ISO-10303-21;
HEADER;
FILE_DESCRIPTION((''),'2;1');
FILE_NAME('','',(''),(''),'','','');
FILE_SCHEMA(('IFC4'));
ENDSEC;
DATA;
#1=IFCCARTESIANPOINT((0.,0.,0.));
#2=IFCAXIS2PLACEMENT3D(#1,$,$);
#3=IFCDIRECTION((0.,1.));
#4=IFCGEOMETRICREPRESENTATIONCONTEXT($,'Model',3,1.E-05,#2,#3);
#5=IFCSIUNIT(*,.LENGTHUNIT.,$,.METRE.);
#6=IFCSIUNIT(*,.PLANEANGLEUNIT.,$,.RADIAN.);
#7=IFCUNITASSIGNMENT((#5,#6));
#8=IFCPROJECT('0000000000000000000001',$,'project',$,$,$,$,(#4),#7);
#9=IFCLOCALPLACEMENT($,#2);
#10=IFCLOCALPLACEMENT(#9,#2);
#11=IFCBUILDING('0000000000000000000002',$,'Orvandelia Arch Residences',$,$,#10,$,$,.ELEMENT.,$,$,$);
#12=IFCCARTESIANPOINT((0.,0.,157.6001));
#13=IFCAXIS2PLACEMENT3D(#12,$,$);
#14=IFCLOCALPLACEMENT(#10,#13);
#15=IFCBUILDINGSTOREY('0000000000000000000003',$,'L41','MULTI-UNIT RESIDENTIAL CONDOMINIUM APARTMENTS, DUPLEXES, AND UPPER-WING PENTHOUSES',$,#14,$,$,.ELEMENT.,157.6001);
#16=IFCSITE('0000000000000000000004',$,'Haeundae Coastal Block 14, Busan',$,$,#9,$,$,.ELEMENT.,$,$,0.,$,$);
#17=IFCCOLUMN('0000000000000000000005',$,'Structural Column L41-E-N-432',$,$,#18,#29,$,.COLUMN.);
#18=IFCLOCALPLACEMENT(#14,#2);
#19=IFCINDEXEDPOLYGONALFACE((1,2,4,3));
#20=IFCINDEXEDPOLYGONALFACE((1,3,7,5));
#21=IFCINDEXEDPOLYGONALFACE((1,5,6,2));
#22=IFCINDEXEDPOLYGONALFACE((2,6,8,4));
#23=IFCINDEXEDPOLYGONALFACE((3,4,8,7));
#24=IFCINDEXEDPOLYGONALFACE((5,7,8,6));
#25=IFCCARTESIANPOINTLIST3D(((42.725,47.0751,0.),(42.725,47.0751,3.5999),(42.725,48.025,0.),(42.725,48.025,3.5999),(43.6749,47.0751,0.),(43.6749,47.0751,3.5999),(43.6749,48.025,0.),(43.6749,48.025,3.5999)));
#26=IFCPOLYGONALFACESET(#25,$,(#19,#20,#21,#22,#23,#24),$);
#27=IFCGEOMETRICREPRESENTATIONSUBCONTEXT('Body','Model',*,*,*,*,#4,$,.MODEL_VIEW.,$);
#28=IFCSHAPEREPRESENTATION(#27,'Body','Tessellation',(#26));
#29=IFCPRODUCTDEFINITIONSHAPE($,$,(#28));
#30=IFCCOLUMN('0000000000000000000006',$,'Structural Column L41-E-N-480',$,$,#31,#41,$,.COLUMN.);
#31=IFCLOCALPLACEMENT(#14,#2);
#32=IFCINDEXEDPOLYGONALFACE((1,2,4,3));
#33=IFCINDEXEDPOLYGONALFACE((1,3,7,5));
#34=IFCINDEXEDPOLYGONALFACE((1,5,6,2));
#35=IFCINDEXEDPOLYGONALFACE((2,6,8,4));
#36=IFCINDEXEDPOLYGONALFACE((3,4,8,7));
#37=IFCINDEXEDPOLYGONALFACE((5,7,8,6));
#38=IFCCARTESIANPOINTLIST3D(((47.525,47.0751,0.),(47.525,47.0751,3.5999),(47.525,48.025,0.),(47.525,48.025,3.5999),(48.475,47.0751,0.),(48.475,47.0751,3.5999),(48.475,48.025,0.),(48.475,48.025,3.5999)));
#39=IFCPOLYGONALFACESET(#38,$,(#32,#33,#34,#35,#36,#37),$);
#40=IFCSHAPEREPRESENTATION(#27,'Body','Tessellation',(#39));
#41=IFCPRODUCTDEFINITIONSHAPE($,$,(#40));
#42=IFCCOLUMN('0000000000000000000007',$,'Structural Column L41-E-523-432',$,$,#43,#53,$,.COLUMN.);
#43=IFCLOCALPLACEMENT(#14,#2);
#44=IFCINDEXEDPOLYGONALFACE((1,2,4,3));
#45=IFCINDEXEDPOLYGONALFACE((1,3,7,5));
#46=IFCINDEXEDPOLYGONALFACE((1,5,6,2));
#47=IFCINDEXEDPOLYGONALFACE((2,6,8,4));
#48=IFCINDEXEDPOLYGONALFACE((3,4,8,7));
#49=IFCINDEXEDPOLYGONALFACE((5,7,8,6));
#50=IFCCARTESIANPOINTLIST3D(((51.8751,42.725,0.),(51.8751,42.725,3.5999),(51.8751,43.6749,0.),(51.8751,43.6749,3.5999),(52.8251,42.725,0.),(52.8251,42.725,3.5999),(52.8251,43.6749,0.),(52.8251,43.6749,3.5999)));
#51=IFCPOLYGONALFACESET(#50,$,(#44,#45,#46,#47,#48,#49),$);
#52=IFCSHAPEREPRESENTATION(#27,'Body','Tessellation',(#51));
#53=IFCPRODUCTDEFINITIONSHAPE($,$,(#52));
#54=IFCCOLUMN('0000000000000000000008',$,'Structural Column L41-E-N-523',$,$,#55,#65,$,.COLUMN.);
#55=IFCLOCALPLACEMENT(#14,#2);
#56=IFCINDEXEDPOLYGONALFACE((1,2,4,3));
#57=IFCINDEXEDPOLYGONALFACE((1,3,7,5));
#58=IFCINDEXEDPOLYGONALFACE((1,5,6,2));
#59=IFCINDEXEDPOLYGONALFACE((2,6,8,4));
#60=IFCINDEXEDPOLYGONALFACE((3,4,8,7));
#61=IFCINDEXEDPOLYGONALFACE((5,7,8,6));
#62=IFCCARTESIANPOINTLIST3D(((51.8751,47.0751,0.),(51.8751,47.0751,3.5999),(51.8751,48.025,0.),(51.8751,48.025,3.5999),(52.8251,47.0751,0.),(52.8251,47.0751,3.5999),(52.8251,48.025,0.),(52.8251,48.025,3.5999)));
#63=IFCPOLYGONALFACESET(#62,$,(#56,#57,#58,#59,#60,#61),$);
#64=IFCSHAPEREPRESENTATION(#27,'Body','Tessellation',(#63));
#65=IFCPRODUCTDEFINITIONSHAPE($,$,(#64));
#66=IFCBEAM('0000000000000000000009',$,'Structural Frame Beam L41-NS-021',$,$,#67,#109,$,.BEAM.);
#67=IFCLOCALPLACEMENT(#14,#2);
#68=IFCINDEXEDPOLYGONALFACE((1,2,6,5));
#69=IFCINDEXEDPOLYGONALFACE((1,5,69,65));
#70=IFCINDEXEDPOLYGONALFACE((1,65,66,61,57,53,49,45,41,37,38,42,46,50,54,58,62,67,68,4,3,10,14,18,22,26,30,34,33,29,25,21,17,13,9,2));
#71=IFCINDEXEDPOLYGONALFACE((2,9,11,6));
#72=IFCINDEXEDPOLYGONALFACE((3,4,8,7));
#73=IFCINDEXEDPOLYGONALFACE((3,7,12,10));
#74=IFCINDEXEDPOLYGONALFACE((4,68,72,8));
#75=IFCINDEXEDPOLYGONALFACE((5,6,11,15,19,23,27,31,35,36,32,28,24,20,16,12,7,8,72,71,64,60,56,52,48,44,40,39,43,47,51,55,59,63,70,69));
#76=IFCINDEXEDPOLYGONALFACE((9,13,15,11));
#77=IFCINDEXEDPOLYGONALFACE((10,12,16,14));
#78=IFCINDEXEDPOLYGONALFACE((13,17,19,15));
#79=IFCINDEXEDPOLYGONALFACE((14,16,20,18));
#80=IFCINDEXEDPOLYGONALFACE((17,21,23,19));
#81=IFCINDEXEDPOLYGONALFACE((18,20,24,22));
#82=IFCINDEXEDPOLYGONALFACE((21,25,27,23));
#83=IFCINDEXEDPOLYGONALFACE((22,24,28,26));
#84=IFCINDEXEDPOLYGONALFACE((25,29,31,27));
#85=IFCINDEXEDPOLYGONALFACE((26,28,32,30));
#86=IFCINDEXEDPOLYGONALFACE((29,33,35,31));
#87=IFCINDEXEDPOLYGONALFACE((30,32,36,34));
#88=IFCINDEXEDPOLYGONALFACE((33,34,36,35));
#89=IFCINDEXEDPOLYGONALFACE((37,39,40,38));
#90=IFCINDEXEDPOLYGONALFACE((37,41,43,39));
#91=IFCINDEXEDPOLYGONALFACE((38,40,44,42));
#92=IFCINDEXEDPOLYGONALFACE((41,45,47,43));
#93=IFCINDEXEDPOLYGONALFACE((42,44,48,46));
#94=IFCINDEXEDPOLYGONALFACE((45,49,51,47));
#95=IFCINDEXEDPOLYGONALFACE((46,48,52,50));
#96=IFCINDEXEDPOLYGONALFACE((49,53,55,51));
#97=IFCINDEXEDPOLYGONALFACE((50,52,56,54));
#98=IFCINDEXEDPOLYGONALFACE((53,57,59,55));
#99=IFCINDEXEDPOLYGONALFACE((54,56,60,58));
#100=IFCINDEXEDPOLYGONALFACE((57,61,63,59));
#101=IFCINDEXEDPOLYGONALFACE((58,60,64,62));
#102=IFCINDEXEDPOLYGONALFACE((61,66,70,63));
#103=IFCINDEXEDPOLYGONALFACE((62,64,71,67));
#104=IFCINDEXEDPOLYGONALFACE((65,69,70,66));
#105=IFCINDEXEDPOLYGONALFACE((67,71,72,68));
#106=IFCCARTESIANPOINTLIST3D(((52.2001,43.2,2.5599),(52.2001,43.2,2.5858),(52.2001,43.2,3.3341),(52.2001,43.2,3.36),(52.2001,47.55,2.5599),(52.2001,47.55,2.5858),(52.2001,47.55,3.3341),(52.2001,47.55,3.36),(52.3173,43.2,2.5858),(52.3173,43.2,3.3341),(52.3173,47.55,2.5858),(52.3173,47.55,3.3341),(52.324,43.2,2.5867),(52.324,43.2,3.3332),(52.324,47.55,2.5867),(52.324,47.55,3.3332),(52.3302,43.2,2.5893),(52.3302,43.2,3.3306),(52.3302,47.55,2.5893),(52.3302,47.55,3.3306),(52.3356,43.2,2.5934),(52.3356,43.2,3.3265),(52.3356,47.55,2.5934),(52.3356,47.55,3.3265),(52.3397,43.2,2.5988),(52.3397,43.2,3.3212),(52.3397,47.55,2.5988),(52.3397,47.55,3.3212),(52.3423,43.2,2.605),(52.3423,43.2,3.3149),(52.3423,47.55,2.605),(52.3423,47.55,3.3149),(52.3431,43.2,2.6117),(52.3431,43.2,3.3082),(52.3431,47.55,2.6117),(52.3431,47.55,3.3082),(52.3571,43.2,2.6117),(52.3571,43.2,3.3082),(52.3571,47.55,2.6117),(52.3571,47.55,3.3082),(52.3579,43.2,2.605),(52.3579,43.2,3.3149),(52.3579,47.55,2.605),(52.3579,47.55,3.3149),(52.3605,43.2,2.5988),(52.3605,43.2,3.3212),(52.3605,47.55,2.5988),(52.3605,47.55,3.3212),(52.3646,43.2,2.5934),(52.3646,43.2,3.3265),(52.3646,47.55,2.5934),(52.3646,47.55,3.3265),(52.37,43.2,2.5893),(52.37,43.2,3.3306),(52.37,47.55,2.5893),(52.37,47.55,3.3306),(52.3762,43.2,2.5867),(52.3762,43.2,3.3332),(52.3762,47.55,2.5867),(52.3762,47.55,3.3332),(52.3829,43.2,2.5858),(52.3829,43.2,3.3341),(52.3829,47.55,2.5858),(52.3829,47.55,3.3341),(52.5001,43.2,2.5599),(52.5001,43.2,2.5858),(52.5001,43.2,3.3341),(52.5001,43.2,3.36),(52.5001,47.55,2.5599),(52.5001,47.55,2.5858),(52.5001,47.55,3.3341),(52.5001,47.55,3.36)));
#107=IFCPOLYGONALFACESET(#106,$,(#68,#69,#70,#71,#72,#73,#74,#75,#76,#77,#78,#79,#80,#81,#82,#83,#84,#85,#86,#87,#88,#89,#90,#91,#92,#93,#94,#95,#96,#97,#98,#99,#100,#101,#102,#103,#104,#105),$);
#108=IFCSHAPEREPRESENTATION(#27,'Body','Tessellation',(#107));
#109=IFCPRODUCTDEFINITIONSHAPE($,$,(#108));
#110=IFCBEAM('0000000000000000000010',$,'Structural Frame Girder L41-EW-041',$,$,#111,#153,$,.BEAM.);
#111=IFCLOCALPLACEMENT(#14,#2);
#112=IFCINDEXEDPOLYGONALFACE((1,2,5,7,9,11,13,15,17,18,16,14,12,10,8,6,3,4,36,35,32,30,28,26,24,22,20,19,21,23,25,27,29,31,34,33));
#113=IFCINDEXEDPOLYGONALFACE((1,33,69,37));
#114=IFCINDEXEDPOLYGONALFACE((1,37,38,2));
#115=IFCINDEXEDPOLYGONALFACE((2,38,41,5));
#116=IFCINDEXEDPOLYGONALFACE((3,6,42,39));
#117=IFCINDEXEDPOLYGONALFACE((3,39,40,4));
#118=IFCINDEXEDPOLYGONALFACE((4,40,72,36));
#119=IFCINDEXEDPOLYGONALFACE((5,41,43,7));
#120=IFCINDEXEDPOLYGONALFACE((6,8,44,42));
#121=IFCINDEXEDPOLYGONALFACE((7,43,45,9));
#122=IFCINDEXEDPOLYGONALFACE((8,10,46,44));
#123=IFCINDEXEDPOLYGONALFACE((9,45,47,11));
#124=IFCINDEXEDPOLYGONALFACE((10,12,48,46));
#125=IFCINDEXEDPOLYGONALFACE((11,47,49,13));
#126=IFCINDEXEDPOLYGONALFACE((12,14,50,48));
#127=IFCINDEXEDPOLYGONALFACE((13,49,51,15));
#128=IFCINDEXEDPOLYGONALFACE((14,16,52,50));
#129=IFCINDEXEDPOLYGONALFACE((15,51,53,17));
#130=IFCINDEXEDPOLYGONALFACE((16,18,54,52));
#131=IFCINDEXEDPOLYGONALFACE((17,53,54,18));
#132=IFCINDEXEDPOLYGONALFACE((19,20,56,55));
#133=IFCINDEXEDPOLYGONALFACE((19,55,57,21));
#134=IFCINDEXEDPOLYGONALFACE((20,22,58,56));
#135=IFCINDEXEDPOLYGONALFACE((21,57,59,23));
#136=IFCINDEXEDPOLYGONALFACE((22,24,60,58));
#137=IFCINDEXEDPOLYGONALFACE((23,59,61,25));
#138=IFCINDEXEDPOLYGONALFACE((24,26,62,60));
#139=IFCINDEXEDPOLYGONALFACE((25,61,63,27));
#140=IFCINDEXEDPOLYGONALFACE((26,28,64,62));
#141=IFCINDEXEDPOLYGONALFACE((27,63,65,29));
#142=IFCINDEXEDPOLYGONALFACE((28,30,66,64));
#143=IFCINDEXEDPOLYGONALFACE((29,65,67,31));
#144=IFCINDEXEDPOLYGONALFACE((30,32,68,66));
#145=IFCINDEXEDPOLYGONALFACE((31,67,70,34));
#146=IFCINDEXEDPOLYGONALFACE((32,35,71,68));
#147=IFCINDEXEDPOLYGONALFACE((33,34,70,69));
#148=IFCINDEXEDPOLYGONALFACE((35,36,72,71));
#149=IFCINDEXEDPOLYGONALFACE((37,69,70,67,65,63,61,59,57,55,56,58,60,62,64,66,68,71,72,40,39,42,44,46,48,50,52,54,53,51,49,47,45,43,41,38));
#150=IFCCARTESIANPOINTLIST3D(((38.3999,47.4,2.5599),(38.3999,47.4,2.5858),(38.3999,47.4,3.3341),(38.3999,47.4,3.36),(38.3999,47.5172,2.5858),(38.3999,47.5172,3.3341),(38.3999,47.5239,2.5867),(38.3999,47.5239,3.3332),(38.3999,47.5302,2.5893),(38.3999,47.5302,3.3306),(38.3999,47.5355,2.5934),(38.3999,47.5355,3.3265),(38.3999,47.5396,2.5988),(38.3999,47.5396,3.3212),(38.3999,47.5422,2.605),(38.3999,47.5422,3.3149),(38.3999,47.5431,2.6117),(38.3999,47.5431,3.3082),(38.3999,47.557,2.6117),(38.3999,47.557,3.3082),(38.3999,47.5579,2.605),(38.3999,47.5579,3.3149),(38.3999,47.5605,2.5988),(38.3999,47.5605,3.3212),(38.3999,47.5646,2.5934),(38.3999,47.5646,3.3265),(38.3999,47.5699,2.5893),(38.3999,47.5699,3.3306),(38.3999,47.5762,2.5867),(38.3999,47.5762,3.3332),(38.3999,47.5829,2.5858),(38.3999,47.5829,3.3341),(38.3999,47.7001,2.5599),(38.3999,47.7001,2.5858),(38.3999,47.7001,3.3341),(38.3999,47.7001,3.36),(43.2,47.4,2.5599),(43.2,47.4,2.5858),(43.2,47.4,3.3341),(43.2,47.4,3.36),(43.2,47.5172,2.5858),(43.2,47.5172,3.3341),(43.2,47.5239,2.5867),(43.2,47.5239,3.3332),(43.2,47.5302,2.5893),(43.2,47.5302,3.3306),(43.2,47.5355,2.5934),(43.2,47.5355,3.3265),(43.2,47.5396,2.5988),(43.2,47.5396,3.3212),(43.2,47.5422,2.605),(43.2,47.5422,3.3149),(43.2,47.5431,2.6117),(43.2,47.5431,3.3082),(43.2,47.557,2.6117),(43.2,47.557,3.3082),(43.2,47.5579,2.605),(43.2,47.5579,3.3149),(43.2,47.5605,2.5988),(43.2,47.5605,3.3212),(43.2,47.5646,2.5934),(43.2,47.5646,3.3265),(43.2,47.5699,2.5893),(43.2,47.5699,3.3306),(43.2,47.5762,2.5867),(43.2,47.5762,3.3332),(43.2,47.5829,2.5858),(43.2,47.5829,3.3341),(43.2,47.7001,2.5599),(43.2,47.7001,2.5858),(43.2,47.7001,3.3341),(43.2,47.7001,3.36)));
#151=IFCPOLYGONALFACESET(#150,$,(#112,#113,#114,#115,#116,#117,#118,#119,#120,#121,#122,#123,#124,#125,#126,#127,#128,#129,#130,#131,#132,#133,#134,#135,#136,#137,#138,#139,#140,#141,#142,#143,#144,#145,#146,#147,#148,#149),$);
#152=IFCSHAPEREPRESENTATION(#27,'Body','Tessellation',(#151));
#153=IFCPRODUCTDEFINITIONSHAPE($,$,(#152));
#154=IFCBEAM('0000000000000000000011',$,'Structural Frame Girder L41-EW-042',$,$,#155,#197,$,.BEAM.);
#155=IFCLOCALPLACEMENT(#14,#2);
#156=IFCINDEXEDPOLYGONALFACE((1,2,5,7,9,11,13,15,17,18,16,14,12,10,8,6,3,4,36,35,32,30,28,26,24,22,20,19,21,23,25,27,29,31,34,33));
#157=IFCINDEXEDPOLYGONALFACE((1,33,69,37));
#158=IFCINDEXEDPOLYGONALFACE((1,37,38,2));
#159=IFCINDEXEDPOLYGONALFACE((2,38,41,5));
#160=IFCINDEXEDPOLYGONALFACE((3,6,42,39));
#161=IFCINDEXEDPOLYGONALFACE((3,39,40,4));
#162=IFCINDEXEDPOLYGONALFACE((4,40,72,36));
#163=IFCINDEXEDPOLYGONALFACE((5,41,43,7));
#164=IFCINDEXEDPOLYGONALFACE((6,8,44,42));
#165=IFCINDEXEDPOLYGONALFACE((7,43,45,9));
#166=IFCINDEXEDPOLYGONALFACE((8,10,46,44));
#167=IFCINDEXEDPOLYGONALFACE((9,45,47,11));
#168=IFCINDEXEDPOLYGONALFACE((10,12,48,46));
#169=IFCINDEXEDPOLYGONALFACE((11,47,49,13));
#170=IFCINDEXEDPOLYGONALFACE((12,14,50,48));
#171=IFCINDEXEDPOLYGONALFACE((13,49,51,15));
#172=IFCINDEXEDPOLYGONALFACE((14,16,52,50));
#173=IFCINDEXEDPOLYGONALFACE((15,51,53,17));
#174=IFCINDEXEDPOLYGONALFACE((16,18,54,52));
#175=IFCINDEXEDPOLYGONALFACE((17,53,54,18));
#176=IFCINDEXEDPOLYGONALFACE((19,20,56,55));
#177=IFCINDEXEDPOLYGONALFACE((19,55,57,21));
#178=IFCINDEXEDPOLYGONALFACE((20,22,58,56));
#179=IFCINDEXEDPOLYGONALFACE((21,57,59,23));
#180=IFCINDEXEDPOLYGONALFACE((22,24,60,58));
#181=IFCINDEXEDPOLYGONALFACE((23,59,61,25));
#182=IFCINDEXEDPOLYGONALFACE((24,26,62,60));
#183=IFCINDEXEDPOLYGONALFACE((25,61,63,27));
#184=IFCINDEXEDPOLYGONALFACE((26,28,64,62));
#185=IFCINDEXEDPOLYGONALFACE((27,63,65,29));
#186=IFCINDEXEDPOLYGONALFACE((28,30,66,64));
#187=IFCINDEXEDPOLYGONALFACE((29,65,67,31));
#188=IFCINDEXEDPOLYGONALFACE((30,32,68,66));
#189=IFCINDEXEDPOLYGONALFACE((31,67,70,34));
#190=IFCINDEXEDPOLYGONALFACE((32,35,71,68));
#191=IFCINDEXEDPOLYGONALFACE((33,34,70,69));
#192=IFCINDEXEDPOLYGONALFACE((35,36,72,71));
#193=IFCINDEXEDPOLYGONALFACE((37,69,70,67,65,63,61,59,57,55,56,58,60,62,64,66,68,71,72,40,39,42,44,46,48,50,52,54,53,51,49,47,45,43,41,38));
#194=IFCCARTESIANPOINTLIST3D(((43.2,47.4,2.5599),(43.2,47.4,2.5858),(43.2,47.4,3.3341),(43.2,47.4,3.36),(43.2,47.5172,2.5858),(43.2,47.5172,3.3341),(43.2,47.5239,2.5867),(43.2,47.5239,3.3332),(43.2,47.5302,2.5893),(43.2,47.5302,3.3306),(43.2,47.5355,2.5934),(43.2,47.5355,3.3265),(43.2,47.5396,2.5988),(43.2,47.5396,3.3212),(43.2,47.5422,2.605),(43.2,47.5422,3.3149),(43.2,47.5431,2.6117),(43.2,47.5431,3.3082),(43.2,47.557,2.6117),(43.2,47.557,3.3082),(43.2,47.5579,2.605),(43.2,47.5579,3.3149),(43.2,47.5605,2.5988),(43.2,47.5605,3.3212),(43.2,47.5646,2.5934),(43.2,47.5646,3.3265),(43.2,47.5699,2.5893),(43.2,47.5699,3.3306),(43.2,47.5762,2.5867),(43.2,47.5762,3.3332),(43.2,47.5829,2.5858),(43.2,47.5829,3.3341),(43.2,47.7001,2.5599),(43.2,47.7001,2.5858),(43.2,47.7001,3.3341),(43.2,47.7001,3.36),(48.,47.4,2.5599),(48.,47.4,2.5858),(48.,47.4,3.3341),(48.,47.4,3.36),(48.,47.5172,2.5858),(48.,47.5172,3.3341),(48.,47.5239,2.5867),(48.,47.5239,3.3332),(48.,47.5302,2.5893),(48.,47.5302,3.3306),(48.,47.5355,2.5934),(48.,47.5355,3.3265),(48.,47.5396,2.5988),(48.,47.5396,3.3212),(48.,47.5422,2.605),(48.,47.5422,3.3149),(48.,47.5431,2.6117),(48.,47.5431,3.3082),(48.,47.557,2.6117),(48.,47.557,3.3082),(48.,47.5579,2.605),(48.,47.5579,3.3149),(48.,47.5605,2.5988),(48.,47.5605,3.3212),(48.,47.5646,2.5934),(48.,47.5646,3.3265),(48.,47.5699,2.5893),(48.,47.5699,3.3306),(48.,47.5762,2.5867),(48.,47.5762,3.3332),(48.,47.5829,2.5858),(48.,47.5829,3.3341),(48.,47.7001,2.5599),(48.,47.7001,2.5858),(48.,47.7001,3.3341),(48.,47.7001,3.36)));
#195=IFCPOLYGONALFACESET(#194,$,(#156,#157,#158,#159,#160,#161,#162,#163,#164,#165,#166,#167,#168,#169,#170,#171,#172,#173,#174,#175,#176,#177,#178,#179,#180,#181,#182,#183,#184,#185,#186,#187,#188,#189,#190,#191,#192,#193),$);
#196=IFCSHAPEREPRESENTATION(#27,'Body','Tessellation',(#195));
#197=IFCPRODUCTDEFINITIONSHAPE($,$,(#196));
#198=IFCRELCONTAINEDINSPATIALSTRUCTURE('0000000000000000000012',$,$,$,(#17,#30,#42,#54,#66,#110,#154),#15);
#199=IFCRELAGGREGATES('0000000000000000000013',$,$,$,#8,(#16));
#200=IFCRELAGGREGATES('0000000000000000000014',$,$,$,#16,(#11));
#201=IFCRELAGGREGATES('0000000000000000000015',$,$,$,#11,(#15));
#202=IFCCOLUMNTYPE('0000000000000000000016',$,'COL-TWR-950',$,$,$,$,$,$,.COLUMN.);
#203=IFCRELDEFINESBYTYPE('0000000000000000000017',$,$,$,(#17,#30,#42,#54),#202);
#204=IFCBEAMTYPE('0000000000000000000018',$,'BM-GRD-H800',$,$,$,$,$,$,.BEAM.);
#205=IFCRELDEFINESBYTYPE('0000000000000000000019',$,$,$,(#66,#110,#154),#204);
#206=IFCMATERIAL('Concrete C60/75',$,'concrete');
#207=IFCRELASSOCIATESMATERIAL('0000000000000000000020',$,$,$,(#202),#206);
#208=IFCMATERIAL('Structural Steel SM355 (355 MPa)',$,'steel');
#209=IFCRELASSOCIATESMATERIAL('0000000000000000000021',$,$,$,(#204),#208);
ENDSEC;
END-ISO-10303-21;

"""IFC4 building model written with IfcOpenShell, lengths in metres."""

from ifc_helpers import new_model, si_unit, direction, frame, origin, origin_2d, place, context, subcontext, project, spatial, rectangle, i_section, extrude, material, material_profile, profile_set, type_object, element, save


model = new_model("IFC4")

# Units and contexts
model_context = context("Model", 3, precision=1e-05, world=origin(), true_north=direction((0.0, 1.0)))
body_context = subcontext(model_context, "Body", "Model", "MODEL_VIEW")
ifc_project = project(units=[si_unit("LENGTHUNIT", "METRE"), si_unit("PLANEANGLEUNIT", "RADIAN")], contexts=[model_context])

# Site, building, storey
site_placement = place(None, origin())
site = spatial("IfcSite", under=ifc_project, at=site_placement, Name="Haeundae Coastal Block 14, Busan", CompositionType="ELEMENT", RefElevation=0.0)
building_placement = place(site_placement, origin())
building = spatial("IfcBuilding", under=site, at=building_placement, Name="Orvandelia Arch Residences", CompositionType="ELEMENT")
storey_placement = place(building_placement, frame((0.0, 0.0, 157.6001)))
storey = spatial("IfcBuildingStorey", under=building, at=storey_placement, Name="L41", Description="MULTI-UNIT RESIDENTIAL CONDOMINIUM APARTMENTS, DUPLEXES, AND UPPER-WING PENTHOUSES", CompositionType="ELEMENT", Elevation=157.6001)

# Columns
ifc_material_1 = material(Name="Concrete C60/75", Category="concrete")
ifc_material_profile_1 = material_profile(ifc_material_1, rectangle(XDim=0.95, YDim=0.95, at=origin_2d()), Name="Concrete C60/75", Category="concrete")
ifc_profile_set_1 = profile_set([ifc_material_profile_1], Name="Concrete C60/75")
column_type = type_object("IfcColumnType", Name="COL-TWR-950", PredefinedType="COLUMN", material=ifc_profile_set_1)
for number, where, z_axis, x_axis, name in (
    (1, (43.2, 47.55, 0.0), (0.0, 0.0, 1.0), (1.0, 0.0, 0.0), "Structural Column L41-E-N-432"),
    (2, (48.0, 47.55, 0.0), (0.0, 0.0, 1.0), (1.0, 0.0, 0.0), "Structural Column L41-E-N-480"),
    (3, (52.3501, 43.2, 0.0), (0.0, 0.0, 1.0), (1.0, 0.0, 0.0), "Structural Column L41-E-523-432"),
    (4, (52.3501, 47.55, 0.0), (0.0, 0.0, 1.0), (1.0, 0.0, 0.0), "Structural Column L41-E-N-523"),
):
    element("IfcColumn", number, at=place(storey_placement, frame(where, z_axis=z_axis, x_axis=x_axis)), inside=storey, type_object=column_type, Name=name, PredefinedType="COLUMN", context=body_context, shape_type="SweptSolid", body=[
        extrude(rectangle(XDim=0.95, YDim=0.95, at=origin_2d()), origin(), (0.0, 0.0, 1.0), 3.5999),
    ])

# Beams
ifc_material_2 = material(Name="Structural Steel SM355 (355 MPa)", Category="steel")
ifc_material_profile_2 = material_profile(ifc_material_2, i_section(OverallWidth=0.3, OverallDepth=0.8, WebThickness=0.0139, FlangeThickness=0.0259, FilletRadius=0.0259, at=origin_2d()), Name="Structural Steel SM355 (355 MPa)", Category="steel")
ifc_profile_set_2 = profile_set([ifc_material_profile_2], Name="Structural Steel SM355 (355 MPa)")
beam_type = type_object("IfcBeamType", Name="BM-GRD-H800", PredefinedType="BEAM", material=ifc_profile_set_2)
beam_1_placement = place(storey_placement, frame((52.3501, 43.2, 2.96), z_axis=(0.0, 1.0, 0.0), x_axis=(-1.0, 0.0, 0.0)))
element("IfcBeam", 5, at=beam_1_placement, inside=storey, type_object=beam_type, Name="Structural Frame Beam L41-NS-021", PredefinedType="BEAM", context=body_context, shape_type="SweptSolid", body=[
    extrude(i_section(OverallWidth=0.3, OverallDepth=0.8, WebThickness=0.0139, FlangeThickness=0.0259, FilletRadius=0.0259, at=origin_2d()), origin(), (0.0, 0.0, 1.0), 4.3501),
])
for number, where, z_axis, x_axis, name in (
    (6, (38.3999, 47.55, 2.96), (1.0, 0.0, 0.0), (0.0, 1.0, 0.0), "Structural Frame Girder L41-EW-041"),
    (7, (43.2, 47.55, 2.96), (1.0, 0.0, 0.0), (0.0, 1.0, 0.0), "Structural Frame Girder L41-EW-042"),
):
    element("IfcBeam", number, at=place(storey_placement, frame(where, z_axis=z_axis, x_axis=x_axis)), inside=storey, type_object=beam_type, Name=name, PredefinedType="BEAM", context=body_context, shape_type="SweptSolid", body=[
        extrude(i_section(OverallWidth=0.3, OverallDepth=0.8, WebThickness=0.0139, FlangeThickness=0.0259, FilletRadius=0.0259, at=origin_2d()), origin(), (0.0, 0.0, 1.0), 4.8),
    ])

save(model, "model.ifc")
